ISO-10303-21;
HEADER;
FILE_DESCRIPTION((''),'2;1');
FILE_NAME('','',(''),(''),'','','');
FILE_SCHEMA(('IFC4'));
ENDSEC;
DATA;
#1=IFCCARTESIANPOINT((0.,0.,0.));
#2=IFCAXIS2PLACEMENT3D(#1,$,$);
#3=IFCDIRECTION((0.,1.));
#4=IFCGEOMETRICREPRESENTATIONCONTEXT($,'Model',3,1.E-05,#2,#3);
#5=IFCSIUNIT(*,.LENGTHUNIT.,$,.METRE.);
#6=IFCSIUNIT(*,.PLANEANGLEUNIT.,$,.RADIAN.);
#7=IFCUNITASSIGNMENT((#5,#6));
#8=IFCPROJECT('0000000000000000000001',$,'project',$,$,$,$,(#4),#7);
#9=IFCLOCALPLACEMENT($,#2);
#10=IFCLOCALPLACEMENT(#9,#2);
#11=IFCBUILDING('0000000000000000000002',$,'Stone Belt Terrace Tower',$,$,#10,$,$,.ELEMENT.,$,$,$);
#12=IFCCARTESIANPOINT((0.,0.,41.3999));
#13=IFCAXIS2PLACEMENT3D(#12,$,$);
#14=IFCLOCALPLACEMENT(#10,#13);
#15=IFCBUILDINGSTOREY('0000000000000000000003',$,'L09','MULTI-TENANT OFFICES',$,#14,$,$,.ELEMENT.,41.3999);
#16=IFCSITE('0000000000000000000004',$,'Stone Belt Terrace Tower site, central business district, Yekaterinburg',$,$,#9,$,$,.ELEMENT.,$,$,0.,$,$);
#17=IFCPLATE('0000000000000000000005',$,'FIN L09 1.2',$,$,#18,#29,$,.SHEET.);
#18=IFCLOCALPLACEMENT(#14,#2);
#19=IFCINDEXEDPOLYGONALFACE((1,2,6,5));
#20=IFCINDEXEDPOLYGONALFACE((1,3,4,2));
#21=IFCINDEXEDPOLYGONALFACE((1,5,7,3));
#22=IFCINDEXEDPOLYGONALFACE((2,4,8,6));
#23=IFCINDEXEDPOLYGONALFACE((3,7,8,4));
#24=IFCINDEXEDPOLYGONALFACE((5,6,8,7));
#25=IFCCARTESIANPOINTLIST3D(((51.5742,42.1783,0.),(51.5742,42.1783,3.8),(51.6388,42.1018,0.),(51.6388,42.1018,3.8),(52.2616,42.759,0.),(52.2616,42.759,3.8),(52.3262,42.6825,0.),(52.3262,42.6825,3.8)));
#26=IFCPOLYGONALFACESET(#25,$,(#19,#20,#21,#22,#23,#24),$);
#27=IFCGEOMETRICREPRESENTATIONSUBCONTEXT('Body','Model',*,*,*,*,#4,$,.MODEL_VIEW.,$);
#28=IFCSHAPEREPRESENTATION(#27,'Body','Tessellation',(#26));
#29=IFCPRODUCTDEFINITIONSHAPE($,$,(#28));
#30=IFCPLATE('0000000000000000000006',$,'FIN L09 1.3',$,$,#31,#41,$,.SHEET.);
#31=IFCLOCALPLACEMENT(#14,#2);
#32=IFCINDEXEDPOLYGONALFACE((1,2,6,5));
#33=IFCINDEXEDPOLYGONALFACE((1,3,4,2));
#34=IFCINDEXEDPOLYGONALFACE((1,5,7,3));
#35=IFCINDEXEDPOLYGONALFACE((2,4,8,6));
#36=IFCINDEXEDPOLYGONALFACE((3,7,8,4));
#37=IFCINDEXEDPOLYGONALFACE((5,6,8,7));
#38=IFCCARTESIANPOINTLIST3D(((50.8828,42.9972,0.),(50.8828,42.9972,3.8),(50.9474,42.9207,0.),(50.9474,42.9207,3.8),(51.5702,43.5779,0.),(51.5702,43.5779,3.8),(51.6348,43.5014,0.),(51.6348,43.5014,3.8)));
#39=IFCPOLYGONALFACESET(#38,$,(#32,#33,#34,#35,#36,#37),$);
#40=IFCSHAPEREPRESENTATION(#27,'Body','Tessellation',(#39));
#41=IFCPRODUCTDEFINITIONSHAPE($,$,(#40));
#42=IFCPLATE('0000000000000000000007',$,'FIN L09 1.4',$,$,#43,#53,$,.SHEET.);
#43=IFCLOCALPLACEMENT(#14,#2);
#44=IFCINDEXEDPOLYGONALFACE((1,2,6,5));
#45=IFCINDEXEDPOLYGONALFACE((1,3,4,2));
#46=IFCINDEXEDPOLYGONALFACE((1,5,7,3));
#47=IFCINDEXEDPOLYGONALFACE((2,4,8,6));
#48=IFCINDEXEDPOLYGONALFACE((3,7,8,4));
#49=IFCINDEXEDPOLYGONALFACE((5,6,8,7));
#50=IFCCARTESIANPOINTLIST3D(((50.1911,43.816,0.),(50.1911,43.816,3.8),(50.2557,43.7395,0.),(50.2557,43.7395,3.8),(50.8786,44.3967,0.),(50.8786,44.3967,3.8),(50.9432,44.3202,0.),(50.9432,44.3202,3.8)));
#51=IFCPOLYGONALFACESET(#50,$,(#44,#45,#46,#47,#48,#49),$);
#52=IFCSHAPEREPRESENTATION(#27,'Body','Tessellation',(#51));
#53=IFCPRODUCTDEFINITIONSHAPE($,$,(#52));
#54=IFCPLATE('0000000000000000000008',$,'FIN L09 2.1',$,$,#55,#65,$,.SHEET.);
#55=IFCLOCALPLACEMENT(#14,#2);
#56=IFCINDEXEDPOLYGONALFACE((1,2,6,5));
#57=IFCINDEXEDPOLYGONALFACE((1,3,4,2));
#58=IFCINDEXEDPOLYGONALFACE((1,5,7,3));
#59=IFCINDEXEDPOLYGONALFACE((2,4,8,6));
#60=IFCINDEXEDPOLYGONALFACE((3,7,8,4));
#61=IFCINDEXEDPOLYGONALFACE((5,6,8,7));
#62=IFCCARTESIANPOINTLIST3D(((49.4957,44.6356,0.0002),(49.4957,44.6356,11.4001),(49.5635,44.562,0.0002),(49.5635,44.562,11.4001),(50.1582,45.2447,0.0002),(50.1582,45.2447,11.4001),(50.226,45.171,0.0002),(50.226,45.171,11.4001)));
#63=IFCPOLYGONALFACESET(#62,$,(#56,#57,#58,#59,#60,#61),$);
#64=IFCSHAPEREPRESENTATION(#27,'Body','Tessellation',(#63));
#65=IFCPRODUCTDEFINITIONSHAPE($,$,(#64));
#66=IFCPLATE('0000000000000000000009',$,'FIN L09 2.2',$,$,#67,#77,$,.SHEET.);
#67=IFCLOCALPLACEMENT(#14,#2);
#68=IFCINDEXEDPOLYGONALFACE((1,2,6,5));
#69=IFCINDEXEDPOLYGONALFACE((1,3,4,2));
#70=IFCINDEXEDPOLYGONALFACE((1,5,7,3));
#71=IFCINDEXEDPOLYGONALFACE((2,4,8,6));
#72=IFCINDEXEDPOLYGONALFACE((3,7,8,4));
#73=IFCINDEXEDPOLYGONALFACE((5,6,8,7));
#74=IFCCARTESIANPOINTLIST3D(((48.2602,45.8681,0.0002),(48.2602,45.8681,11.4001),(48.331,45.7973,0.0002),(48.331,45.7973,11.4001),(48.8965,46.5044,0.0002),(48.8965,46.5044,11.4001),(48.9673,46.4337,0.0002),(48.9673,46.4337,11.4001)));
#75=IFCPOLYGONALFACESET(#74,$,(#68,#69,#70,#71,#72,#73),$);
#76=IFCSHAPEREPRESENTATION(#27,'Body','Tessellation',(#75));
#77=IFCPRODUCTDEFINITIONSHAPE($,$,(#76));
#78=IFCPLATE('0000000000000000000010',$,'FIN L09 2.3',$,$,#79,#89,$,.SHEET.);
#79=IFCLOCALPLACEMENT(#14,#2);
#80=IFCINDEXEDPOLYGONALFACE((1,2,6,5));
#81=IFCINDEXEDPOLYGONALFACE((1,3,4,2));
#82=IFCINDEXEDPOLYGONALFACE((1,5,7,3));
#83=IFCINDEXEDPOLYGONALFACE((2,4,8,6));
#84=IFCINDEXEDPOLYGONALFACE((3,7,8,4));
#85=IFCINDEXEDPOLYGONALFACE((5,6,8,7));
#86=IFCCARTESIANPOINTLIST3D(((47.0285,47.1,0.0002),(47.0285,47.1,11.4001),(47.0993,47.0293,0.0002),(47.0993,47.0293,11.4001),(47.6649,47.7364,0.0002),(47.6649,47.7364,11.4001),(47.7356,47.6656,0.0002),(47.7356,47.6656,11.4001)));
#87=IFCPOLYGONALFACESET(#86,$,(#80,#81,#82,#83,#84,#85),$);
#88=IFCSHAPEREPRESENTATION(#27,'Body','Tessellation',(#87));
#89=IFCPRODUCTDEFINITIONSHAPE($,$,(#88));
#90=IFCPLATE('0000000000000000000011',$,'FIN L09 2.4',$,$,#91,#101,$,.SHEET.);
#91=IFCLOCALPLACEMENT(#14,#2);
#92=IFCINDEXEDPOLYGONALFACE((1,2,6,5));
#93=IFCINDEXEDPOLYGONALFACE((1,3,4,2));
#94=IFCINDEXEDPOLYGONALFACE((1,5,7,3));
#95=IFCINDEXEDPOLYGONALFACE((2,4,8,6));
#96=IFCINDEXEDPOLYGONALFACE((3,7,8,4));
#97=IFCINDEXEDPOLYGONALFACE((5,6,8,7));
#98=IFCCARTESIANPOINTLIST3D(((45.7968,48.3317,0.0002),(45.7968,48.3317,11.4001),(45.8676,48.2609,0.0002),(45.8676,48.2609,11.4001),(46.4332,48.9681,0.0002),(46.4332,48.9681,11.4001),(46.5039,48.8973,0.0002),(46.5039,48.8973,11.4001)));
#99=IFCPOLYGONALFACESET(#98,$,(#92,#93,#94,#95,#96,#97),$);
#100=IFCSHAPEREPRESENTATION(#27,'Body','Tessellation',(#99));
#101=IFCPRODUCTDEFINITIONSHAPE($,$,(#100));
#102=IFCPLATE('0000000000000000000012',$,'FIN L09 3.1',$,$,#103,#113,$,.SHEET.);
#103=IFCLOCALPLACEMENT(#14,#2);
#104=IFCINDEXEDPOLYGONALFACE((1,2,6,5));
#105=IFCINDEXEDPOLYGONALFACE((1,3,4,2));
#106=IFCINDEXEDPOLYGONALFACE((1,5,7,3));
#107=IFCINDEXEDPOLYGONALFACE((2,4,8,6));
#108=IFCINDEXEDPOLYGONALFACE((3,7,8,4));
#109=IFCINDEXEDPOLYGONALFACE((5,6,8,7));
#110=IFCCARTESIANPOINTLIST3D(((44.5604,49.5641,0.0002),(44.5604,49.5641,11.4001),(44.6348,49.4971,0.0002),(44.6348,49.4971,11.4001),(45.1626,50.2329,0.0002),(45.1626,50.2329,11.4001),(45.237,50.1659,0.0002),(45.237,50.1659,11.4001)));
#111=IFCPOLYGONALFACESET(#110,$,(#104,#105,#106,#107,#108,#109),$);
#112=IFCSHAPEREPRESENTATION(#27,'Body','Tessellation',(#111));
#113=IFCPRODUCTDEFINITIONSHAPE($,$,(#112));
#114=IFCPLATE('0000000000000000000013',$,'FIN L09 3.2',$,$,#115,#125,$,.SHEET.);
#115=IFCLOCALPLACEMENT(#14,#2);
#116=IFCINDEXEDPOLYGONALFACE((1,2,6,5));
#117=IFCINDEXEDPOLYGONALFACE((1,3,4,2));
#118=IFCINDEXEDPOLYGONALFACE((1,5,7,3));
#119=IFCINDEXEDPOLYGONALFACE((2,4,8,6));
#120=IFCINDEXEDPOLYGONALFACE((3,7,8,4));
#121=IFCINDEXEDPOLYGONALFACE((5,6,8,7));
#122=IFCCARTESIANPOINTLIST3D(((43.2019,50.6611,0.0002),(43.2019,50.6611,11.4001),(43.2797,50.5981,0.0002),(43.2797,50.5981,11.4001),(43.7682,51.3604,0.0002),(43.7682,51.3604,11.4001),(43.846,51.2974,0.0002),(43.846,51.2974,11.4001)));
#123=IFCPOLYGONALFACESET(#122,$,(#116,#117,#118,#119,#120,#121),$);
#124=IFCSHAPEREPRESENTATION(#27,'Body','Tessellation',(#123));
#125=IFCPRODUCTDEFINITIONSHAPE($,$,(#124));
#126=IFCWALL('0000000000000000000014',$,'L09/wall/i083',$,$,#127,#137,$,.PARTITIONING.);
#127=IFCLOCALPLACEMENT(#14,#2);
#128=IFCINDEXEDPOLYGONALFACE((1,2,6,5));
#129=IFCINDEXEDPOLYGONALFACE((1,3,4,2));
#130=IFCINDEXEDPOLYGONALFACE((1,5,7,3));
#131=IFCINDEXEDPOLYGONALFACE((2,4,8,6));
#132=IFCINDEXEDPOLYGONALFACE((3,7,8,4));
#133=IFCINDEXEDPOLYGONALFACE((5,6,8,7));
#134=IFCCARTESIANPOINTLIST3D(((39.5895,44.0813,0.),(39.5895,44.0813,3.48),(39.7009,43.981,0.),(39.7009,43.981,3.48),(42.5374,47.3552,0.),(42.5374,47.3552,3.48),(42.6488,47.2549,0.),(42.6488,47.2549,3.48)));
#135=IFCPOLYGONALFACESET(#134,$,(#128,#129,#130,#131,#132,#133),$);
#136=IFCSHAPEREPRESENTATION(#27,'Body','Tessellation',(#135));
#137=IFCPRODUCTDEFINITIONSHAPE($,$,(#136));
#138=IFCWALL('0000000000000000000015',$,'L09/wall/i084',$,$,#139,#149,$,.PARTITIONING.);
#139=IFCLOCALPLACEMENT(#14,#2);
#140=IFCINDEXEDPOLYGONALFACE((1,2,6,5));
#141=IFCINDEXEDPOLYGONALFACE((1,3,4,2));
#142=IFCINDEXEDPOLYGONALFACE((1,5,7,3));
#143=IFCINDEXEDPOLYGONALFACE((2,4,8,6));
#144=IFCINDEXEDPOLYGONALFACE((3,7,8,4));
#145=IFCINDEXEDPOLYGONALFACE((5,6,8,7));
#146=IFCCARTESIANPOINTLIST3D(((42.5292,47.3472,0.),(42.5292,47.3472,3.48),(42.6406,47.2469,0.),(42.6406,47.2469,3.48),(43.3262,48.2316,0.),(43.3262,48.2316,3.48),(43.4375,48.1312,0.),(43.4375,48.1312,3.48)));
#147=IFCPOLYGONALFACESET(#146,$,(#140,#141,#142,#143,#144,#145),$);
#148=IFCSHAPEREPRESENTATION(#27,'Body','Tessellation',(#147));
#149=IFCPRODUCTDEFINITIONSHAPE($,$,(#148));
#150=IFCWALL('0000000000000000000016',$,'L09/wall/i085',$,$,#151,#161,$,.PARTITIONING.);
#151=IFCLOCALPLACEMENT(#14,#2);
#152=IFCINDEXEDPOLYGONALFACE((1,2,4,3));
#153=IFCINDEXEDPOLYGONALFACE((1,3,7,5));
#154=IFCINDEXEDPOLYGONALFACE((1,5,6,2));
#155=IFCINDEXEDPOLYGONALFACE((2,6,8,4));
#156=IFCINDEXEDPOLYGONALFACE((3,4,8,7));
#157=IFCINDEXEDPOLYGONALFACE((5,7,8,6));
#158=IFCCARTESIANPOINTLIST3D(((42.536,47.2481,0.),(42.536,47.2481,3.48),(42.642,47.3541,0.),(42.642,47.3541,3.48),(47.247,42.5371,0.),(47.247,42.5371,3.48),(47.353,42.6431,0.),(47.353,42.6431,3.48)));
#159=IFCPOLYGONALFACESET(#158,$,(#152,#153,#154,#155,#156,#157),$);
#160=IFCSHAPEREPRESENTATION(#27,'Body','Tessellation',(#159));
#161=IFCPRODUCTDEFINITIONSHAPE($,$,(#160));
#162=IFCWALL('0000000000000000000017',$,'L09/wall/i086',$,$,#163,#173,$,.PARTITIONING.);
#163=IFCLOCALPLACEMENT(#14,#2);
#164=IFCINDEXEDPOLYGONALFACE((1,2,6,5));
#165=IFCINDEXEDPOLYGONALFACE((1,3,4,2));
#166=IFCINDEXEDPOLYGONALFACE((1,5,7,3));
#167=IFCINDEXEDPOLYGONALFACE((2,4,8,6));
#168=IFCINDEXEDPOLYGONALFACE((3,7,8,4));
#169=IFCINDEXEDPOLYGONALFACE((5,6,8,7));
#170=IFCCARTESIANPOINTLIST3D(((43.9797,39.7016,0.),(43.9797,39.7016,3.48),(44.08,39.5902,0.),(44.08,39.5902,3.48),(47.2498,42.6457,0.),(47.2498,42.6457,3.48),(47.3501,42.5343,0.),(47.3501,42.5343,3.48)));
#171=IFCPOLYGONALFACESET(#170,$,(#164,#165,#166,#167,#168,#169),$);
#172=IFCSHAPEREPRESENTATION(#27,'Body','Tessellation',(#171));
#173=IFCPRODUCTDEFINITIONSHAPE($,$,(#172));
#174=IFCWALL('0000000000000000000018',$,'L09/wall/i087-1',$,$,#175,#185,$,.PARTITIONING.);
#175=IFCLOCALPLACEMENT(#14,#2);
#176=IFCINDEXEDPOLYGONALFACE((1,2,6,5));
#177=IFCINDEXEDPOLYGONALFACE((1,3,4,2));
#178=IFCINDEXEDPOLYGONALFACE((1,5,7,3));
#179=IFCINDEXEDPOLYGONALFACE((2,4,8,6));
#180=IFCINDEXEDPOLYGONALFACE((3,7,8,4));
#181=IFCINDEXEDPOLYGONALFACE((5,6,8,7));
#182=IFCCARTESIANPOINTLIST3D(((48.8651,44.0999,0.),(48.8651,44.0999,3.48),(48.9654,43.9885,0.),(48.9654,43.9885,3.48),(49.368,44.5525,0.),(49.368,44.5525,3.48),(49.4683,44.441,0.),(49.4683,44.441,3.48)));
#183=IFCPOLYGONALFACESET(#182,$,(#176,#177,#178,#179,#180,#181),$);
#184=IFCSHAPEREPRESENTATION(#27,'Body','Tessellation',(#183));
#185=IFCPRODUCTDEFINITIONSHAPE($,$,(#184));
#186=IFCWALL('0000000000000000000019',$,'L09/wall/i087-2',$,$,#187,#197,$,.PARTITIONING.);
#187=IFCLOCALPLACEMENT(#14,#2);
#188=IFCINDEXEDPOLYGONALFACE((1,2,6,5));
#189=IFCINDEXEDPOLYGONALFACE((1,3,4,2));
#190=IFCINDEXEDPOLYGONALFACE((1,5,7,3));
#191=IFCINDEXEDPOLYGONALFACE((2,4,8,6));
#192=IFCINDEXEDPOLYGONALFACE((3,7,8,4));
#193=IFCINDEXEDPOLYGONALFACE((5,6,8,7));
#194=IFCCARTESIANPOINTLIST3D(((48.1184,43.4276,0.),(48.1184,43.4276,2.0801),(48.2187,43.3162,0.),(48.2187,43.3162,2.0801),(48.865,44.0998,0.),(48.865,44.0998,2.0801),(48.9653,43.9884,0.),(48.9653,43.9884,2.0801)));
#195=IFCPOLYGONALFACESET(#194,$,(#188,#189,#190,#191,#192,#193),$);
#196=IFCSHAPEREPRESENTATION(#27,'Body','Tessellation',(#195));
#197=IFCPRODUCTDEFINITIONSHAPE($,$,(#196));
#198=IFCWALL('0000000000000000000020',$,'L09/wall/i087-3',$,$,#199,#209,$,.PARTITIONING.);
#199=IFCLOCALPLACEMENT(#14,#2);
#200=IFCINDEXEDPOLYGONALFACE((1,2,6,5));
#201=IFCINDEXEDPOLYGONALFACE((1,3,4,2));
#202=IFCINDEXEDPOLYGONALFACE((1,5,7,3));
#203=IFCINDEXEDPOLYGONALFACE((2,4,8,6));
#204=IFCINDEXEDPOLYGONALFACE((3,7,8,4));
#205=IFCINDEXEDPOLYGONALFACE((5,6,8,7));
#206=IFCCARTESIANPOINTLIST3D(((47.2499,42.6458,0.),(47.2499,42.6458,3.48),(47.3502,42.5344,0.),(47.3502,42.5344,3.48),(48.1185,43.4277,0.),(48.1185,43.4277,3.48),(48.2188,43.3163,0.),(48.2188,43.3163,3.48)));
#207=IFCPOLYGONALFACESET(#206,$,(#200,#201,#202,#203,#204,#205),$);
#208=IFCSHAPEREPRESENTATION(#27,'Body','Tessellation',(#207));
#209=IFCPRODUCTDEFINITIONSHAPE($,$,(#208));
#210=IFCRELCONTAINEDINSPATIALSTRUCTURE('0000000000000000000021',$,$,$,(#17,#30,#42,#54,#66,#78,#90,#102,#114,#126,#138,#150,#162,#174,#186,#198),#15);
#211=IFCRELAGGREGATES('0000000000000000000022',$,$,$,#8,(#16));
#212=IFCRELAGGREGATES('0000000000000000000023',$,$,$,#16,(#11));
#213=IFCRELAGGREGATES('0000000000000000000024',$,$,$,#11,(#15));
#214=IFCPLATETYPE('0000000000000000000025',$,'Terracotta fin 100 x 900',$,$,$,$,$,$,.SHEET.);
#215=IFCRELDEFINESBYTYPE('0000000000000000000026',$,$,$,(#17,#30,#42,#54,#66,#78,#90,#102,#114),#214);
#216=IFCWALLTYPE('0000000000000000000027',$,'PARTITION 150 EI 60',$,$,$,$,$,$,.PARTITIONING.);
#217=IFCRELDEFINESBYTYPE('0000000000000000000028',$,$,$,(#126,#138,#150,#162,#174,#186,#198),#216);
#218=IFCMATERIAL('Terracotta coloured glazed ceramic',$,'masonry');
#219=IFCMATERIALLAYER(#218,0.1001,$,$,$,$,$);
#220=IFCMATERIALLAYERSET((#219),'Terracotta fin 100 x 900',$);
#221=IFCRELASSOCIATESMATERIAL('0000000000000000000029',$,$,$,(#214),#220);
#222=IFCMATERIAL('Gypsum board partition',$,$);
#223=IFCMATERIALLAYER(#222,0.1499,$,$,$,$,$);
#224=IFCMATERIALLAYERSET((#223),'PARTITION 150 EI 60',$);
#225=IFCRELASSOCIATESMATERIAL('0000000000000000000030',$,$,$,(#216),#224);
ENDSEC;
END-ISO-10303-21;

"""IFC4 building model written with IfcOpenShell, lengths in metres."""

from ifc_helpers import new_model, si_unit, direction, frame, frame_2d, origin, origin_2d, place, context, subcontext, project, spatial, rectangle, extrude, material, layer, layer_set, type_object, element, save


model = new_model("IFC4")

# Units and contexts
model_context = context("Model", 3, precision=1e-05, world=origin(), true_north=direction((0.0, 1.0)))
body_context = subcontext(model_context, "Body", "Model", "MODEL_VIEW")
ifc_project = project(units=[si_unit("LENGTHUNIT", "METRE"), si_unit("PLANEANGLEUNIT", "RADIAN")], contexts=[model_context])

# Site, building, storey
site_placement = place(None, origin())
site = spatial("IfcSite", under=ifc_project, at=site_placement, Name="Stone Belt Terrace Tower site, central business district, Yekaterinburg", CompositionType="ELEMENT", RefElevation=0.0)
building_placement = place(site_placement, origin())
building = spatial("IfcBuilding", under=site, at=building_placement, Name="Stone Belt Terrace Tower", CompositionType="ELEMENT")
storey_placement = place(building_placement, frame((0.0, 0.0, 41.3999)))
storey = spatial("IfcBuildingStorey", under=building, at=storey_placement, Name="L09", Description="MULTI-TENANT OFFICES", CompositionType="ELEMENT", Elevation=41.3999)

# Plates
ifc_material_1 = material(Name="Terracotta coloured glazed ceramic", Category="masonry")
ifc_layer_1 = layer(ifc_material_1, 0.1001)
ifc_layer_set_1 = layer_set([ifc_layer_1], Name="Terracotta fin 100 x 900")
plate_type_1 = type_object("IfcPlateType", Name="Terracotta fin 100 x 900", PredefinedType="SHEET", material=ifc_layer_set_1)
for number, where, z_axis, x_axis, name in (
    (1, (51.9502, 42.4304, 0.0), (0.0, 0.0, 1.0), (0.763937, 0.645291, 0.0), "FIN L09 1.2"),
    (2, (51.2588, 43.2493, 0.0), (0.0, 0.0, 1.0), (0.763937, 0.645291, 0.0), "FIN L09 1.3"),
    (3, (50.5671, 44.0681, 0.0), (0.0, 0.0, 1.0), (0.763937, 0.645291, 0.0), "FIN L09 1.4"),
):
    element("IfcPlate", number, at=place(storey_placement, frame(where, z_axis=z_axis, x_axis=x_axis)), inside=storey, type_object=plate_type_1, Name=name, PredefinedType="SHEET", context=body_context, shape_type="SweptSolid", body=[
        extrude(rectangle(XDim=0.8999, YDim=0.1001, at=origin_2d()), origin(), (0.0, 0.0, 1.0), 3.8),
    ])
for number, where, z_axis, x_axis, name in (
    (4, (49.8608, 44.9033, 0.0002), (0.0, 0.0, 1.0), (0.736171, 0.676796, 0.0), "FIN L09 2.1"),
    (5, (48.6138, 46.1509, 0.0002), (0.0, 0.0, 1.0), (0.707107, 0.707107, 0.0), "FIN L09 2.2"),
    (6, (47.3821, 47.3828, 0.0002), (0.0, 0.0, 1.0), (0.707107, 0.707107, 0.0), "FIN L09 2.3"),
    (7, (46.1504, 48.6145, 0.0002), (0.0, 0.0, 1.0), (0.707107, 0.707107, 0.0), "FIN L09 2.4"),
    (8, (44.8987, 49.865, 0.0002), (0.0, 0.0, 1.0), (0.669131, 0.743145, 0.0), "FIN L09 3.1"),
    (9, (43.5239, 50.9792, 0.0002), (0.0, 0.0, 1.0), (0.62932, 0.777146, 0.0), "FIN L09 3.2"),
):
    element("IfcPlate", number, at=place(storey_placement, frame(where, z_axis=z_axis, x_axis=x_axis)), inside=storey, type_object=plate_type_1, Name=name, PredefinedType="SHEET", context=body_context, shape_type="SweptSolid", body=[
        extrude(rectangle(XDim=0.8999, YDim=0.1001, at=origin_2d()), origin(), (0.0, 0.0, 1.0), 11.3999),
    ])

# Walls
ifc_material_2 = material(Name="Gypsum board partition")
ifc_layer_2 = layer(ifc_material_2, 0.1499)
ifc_layer_set_2 = layer_set([ifc_layer_2], Name="PARTITION 150 EI 60")
wall_type = type_object("IfcWallType", Name="PARTITION 150 EI 60", PredefinedType="PARTITIONING", material=ifc_layer_set_2)
wall_1_placement = place(storey_placement, frame((42.593, 47.3049, 0.0), z_axis=(0.0, 0.0, 1.0), x_axis=(-0.669148, -0.743129, 0.0)))
element("IfcWall", 10, at=wall_1_placement, inside=storey, type_object=wall_type, Name="L09/wall/i083", PredefinedType="PARTITIONING", context=body_context, shape_type="SweptSolid", body=[
    extrude(rectangle(XDim=4.4055, YDim=0.1499, at=frame_2d((2.2026, 0.0))), origin(), (0.0, 0.0, 1.0), 3.48),
])
wall_2_placement = place(storey_placement, frame((43.3818, 48.1814, 0.0), z_axis=(0.0, 0.0, 1.0), x_axis=(-0.669441, -0.742866, 0.0)))
element("IfcWall", 11, at=wall_2_placement, inside=storey, type_object=wall_type, Name="L09/wall/i084", PredefinedType="PARTITIONING", context=body_context, shape_type="SweptSolid", body=[
    extrude(rectangle(XDim=1.1904, YDim=0.1499, at=frame_2d((0.5952, 0.0))), origin(), (0.0, 0.0, 1.0), 3.48),
])
wall_3_placement = place(storey_placement, frame((42.5891, 47.301, 0.0), z_axis=(0.0, 0.0, 1.0), x_axis=(0.707107, -0.707107, 0.0)))
element("IfcWall", 12, at=wall_3_placement, inside=storey, type_object=wall_type, Name="L09/wall/i085", PredefinedType="PARTITIONING", context=body_context, shape_type="SweptSolid", body=[
    extrude(rectangle(XDim=6.6624, YDim=0.1499, at=frame_2d((3.3311, 0.0))), origin(), (0.0, 0.0, 1.0), 3.48),
])
wall_4_placement = place(storey_placement, frame((47.3, 42.5901, 0.0), z_axis=(0.0, 0.0, 1.0), x_axis=(-0.743173, -0.6691, 0.0)))
element("IfcWall", 13, at=wall_4_placement, inside=storey, type_object=wall_type, Name="L09/wall/i086", PredefinedType="PARTITIONING", context=body_context, shape_type="SweptSolid", body=[
    extrude(rectangle(XDim=4.4001, YDim=0.1499, at=frame_2d((2.2002, 0.0))), origin(), (0.0, 0.0, 1.0), 3.48),
])
wall_5_placement = place(storey_placement, frame((49.4182, 44.4968, 0.0), z_axis=(0.0, 0.0, 1.0), x_axis=(-0.743294, -0.668965, 0.0)))
element("IfcWall", 14, at=wall_5_placement, inside=storey, type_object=wall_type, Name="L09/wall/i087-1", PredefinedType="PARTITIONING", context=body_context, shape_type="SweptSolid", body=[
    extrude(rectangle(XDim=0.6765, YDim=0.1499, at=frame_2d((0.3384, 0.0))), origin(), (0.0, 0.0, 1.0), 3.48),
])
wall_6_placement = place(storey_placement, frame((48.9153, 44.0442, 0.0), z_axis=(0.0, 0.0, 1.0), x_axis=(-0.743197, -0.669072, 0.0)))
element("IfcWall", 15, at=wall_6_placement, inside=storey, type_object=wall_type, Name="L09/wall/i087-2", PredefinedType="PARTITIONING", context=body_context, shape_type="SweptSolid", body=[
    extrude(rectangle(XDim=1.0046, YDim=0.1499, at=frame_2d((0.5024, 0.0))), origin(), (0.0, 0.0, 1.0), 2.0801),
])
wall_7_placement = place(storey_placement, frame((48.1687, 43.3721, 0.0), z_axis=(0.0, 0.0, 1.0), x_axis=(-0.743211, -0.669057, 0.0)))
element("IfcWall", 16, at=wall_7_placement, inside=storey, type_object=wall_type, Name="L09/wall/i087-3", PredefinedType="PARTITIONING", context=body_context, shape_type="SweptSolid", body=[
    extrude(rectangle(XDim=1.1687, YDim=0.1499, at=frame_2d((0.5845, 0.0))), origin(), (0.0, 0.0, 1.0), 3.48),
])

save(model, "model.ifc")
